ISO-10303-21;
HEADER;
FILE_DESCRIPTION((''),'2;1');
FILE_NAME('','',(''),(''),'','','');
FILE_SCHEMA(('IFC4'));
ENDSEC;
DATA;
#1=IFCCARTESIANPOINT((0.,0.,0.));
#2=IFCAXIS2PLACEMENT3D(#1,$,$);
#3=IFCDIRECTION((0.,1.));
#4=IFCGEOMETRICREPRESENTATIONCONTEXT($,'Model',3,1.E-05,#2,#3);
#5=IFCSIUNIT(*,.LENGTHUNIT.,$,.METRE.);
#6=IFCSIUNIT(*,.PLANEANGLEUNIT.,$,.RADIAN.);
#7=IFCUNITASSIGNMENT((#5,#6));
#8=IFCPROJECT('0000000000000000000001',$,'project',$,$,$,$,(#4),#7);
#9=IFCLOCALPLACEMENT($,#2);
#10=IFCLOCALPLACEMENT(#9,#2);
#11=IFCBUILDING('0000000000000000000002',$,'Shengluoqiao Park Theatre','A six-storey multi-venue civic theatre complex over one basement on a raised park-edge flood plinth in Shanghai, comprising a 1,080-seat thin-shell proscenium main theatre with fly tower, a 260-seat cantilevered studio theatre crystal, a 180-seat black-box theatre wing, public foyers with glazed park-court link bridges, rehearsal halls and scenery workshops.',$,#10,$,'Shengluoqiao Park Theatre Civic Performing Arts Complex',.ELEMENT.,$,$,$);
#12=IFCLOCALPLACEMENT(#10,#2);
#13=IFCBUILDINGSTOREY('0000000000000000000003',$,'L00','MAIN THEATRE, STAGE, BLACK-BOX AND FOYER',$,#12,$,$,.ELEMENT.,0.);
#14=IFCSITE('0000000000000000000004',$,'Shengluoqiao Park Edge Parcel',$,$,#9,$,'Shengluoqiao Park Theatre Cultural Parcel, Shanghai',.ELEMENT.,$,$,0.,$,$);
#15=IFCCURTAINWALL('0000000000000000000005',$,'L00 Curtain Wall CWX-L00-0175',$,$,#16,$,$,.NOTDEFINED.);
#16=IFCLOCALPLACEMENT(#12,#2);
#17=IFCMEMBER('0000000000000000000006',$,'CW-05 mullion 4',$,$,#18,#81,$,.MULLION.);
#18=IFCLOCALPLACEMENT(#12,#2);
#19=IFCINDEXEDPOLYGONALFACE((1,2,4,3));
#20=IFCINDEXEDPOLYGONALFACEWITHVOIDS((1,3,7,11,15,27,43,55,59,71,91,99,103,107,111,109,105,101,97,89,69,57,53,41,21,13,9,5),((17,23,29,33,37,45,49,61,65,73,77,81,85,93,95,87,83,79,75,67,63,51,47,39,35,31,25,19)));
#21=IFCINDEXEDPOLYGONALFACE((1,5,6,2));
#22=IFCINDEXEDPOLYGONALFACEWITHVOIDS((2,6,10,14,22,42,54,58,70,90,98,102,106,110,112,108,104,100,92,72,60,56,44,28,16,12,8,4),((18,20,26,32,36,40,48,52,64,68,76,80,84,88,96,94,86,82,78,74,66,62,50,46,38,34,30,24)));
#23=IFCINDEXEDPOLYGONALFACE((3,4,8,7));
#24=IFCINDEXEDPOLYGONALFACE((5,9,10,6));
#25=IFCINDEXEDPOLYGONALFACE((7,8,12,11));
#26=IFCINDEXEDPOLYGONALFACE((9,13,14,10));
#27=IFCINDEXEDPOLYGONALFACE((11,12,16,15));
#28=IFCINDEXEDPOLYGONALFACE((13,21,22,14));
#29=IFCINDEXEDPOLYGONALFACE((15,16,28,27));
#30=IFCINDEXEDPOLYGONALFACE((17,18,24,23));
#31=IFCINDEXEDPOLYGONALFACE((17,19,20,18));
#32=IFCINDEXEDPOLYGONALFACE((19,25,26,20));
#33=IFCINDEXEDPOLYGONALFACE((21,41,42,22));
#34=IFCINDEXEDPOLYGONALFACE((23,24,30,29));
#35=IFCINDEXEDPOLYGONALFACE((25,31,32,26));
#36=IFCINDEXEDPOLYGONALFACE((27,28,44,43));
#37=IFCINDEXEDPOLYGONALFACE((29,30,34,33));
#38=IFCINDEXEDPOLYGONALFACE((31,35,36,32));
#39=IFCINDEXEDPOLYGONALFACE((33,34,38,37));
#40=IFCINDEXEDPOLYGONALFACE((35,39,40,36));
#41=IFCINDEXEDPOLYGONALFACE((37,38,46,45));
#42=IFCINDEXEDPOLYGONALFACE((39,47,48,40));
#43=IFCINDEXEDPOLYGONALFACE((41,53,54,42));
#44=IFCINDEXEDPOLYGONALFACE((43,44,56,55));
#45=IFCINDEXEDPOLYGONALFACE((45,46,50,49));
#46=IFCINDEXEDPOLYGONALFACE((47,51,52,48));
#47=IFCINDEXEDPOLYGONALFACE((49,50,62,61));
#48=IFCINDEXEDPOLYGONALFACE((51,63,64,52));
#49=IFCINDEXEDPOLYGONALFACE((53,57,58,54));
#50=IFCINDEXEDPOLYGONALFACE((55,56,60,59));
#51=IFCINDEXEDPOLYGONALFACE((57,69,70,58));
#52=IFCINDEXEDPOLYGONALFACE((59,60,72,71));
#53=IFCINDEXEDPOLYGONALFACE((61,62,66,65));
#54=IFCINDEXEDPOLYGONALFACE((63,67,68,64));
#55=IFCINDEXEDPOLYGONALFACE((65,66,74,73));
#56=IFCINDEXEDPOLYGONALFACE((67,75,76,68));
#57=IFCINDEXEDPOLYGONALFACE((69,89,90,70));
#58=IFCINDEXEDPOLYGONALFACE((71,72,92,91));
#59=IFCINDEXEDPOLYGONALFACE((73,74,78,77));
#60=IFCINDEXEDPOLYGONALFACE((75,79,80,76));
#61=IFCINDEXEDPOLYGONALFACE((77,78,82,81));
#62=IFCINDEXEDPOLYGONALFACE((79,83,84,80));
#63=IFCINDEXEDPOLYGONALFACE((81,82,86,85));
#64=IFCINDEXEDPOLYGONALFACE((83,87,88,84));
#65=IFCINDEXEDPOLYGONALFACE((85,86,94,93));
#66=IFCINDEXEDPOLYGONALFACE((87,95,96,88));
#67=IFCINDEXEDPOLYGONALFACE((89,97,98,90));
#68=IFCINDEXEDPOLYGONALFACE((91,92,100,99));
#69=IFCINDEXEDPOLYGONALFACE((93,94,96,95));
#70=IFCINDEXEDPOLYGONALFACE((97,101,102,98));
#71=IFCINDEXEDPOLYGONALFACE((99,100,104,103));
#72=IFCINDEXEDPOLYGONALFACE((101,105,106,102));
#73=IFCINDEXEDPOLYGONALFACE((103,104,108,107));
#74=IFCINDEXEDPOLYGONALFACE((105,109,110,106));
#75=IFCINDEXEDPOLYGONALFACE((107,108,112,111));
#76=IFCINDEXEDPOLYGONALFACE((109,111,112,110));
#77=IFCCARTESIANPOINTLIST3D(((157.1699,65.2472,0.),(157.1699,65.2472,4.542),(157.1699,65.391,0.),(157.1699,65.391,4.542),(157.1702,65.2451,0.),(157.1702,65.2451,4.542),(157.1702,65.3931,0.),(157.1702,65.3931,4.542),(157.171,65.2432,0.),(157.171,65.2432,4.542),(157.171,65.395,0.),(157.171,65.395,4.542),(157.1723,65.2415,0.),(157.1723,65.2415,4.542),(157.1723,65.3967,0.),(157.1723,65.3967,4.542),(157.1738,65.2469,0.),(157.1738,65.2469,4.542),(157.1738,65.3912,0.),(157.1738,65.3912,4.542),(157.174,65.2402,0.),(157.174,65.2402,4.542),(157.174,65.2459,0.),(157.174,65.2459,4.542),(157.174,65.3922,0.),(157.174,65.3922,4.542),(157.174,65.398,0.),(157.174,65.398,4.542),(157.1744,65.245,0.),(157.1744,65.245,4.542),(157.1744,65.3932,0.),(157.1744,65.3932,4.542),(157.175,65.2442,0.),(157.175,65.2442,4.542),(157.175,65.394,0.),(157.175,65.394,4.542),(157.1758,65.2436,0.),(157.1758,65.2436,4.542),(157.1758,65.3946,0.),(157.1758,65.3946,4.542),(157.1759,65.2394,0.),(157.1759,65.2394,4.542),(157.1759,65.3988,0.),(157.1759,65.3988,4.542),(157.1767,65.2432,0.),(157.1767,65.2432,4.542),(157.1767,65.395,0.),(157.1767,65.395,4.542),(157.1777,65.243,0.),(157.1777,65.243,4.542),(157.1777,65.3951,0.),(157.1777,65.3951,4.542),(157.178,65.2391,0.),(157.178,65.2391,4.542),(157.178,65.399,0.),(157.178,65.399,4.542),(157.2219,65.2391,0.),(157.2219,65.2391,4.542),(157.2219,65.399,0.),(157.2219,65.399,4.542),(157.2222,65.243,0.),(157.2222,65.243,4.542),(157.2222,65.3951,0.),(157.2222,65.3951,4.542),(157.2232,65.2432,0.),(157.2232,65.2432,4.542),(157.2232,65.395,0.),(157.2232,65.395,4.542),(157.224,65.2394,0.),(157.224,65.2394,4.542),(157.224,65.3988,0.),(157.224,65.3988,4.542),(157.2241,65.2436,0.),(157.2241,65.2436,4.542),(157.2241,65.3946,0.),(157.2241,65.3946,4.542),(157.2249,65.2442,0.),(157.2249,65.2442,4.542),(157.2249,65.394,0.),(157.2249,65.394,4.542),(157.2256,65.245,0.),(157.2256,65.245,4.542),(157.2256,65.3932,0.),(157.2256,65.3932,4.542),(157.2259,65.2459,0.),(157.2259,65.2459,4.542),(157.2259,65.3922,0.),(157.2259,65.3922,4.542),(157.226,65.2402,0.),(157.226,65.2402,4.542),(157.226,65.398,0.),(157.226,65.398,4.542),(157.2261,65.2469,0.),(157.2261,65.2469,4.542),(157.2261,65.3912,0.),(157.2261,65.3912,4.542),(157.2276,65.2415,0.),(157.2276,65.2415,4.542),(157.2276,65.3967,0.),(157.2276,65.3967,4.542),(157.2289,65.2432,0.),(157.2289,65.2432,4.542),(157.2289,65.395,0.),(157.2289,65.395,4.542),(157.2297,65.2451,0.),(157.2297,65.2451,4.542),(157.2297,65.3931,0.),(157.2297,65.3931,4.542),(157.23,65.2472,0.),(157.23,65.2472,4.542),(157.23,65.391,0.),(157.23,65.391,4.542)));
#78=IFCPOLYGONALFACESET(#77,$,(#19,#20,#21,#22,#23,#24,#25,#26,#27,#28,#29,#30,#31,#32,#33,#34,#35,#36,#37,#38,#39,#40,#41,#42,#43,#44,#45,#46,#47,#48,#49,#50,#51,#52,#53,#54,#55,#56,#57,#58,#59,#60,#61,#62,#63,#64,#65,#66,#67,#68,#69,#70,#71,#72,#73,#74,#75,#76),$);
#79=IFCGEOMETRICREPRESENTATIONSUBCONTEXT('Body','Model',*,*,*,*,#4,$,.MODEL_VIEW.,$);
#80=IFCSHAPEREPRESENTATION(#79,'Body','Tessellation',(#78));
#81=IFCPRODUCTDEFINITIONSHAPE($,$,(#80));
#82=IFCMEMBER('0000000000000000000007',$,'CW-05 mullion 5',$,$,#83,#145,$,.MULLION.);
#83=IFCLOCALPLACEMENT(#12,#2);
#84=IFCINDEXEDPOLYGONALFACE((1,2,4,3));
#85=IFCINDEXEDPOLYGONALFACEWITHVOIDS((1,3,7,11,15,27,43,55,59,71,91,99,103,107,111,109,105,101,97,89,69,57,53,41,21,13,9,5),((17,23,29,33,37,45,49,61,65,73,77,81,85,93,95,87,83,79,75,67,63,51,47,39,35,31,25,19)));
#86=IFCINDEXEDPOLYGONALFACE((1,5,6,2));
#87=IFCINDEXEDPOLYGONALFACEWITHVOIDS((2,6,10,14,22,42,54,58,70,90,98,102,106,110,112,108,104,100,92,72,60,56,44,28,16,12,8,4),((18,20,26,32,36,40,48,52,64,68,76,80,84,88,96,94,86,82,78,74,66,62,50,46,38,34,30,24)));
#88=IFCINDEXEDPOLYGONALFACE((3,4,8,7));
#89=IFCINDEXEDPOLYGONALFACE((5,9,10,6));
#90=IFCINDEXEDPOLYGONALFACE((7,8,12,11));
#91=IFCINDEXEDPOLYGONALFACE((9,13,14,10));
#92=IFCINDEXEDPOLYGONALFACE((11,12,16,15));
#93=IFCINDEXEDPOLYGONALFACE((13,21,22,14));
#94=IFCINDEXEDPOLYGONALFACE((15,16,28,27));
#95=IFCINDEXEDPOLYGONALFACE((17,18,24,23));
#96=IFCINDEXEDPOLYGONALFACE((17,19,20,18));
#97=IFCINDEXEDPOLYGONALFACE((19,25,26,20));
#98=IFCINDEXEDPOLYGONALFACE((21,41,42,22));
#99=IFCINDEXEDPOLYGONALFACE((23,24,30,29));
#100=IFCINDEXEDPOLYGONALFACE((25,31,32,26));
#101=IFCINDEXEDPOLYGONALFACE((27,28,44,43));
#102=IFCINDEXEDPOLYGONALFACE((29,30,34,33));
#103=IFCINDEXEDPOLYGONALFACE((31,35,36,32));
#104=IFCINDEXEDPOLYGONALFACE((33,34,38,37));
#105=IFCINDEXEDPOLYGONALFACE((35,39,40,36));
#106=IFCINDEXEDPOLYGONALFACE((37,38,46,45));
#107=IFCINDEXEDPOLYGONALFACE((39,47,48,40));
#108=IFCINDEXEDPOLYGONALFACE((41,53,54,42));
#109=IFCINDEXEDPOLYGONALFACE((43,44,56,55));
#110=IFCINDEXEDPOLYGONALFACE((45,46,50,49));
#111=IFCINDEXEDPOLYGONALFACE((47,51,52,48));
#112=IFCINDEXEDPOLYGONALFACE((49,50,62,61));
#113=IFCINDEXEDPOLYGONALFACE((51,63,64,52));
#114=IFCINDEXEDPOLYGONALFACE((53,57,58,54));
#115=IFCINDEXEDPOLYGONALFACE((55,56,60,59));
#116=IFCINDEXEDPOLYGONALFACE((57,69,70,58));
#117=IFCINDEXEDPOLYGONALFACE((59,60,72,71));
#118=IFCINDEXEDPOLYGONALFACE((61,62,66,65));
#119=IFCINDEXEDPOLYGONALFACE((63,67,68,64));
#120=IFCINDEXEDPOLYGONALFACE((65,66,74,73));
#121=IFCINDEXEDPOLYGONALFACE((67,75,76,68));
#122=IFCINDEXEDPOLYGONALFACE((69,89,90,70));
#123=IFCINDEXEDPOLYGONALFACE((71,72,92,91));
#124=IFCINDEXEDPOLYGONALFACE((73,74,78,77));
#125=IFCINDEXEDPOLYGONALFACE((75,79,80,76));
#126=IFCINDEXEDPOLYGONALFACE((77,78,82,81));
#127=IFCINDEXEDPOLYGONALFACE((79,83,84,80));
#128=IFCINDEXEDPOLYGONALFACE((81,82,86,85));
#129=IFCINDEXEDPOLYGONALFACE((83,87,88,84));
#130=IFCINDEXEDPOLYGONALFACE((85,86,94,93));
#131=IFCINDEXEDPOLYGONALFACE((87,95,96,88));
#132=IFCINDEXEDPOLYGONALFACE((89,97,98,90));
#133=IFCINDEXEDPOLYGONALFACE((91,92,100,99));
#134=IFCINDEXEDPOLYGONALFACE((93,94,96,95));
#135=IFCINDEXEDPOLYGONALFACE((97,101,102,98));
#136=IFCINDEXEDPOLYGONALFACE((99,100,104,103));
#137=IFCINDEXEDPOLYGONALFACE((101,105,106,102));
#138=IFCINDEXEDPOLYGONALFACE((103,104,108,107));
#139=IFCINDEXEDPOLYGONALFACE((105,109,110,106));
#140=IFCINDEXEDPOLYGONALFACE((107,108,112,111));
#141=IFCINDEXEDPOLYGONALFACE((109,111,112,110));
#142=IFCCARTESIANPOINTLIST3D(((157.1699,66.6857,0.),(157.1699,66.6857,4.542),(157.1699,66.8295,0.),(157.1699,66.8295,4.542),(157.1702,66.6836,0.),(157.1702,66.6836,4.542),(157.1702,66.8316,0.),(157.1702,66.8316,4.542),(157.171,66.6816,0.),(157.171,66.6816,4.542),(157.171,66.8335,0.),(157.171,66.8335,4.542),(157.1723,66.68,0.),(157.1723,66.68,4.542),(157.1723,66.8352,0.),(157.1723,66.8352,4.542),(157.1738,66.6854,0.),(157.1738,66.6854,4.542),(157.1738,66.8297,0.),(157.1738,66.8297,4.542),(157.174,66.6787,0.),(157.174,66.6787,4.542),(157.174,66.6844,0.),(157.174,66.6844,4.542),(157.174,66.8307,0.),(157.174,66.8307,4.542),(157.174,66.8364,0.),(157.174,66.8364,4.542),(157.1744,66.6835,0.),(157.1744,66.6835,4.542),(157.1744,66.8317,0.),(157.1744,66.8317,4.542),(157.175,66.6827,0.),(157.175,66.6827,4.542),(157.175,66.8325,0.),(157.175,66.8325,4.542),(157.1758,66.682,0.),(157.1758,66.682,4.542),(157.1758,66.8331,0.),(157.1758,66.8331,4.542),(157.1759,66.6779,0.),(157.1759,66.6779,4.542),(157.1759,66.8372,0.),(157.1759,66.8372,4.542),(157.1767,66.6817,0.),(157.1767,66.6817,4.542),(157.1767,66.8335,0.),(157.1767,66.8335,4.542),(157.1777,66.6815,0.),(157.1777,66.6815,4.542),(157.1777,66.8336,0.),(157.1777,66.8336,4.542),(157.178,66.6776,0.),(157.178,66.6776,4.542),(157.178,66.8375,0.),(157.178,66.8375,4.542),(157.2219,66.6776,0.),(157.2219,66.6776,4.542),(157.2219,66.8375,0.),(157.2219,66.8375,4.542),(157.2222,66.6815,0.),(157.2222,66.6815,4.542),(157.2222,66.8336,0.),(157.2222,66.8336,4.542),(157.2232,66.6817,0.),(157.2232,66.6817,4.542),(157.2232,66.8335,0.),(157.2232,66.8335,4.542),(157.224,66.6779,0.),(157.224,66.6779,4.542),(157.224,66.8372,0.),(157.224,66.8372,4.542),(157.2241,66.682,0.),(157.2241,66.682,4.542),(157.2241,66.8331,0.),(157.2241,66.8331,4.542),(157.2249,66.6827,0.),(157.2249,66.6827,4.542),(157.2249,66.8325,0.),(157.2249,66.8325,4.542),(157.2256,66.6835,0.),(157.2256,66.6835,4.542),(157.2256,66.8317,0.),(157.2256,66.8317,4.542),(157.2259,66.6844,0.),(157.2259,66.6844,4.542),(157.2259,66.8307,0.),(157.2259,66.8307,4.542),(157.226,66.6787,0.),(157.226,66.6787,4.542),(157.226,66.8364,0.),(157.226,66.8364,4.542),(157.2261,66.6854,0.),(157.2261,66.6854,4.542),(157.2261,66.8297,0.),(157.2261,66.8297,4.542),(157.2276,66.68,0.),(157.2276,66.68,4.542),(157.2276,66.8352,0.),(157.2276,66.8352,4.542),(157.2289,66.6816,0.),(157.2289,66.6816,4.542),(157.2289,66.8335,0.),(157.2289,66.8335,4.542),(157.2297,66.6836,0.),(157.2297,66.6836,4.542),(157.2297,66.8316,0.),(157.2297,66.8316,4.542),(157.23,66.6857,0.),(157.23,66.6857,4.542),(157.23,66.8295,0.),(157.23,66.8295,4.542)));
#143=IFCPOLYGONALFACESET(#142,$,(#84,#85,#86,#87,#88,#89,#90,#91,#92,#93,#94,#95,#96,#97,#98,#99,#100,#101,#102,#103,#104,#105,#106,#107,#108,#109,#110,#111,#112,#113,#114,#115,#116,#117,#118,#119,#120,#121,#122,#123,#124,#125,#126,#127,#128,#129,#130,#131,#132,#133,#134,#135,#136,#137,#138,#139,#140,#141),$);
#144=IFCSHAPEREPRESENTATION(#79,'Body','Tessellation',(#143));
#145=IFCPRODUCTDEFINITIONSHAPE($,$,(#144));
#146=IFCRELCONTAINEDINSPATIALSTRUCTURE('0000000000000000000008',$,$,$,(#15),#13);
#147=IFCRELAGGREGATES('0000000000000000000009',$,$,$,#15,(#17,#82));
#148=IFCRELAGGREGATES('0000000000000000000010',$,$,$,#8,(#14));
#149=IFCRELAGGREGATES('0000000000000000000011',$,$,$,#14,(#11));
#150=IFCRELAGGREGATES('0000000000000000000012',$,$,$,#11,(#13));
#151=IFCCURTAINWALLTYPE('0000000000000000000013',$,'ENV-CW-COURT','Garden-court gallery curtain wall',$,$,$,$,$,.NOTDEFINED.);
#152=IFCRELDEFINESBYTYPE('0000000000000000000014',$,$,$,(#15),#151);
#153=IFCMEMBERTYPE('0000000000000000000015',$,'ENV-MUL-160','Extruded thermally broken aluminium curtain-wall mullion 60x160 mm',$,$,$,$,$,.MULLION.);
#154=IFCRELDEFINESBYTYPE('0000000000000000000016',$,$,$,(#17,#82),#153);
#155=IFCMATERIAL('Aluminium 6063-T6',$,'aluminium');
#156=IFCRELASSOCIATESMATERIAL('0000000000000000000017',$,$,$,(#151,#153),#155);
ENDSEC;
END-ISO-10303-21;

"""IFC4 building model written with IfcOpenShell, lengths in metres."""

from ifc_helpers import new_model, si_unit, direction, frame, origin, origin_2d, place, context, subcontext, project, spatial, hollow_rectangle, extrude, material, material_profile, profile_set, type_object, element, aggregate, save


model = new_model("IFC4")

# Units and contexts
model_context = context("Model", 3, precision=1e-05, world=origin(), true_north=direction((0.0, 1.0)))
body_context = subcontext(model_context, "Body", "Model", "MODEL_VIEW")
ifc_project = project(units=[si_unit("LENGTHUNIT", "METRE"), si_unit("PLANEANGLEUNIT", "RADIAN")], contexts=[model_context])

# Site, building, storey
site_placement = place(None, origin())
site = spatial("IfcSite", under=ifc_project, at=site_placement, Name="Shengluoqiao Park Edge Parcel", LongName="Shengluoqiao Park Theatre Cultural Parcel, Shanghai", CompositionType="ELEMENT", RefElevation=0.0)
building_placement = place(site_placement, origin())
building = spatial("IfcBuilding", under=site, at=building_placement, Name="Shengluoqiao Park Theatre", Description="A six-storey multi-venue civic theatre complex over one basement on a raised park-edge flood plinth in Shanghai, comprising a 1,080-seat thin-shell proscenium main theatre with fly tower, a 260-seat cantilevered studio theatre crystal, a 180-seat black-box theatre wing, public foyers with glazed park-court link bridges, rehearsal halls and scenery workshops.", LongName="Shengluoqiao Park Theatre Civic Performing Arts Complex", CompositionType="ELEMENT")
storey_placement = place(building_placement, origin())
storey = spatial("IfcBuildingStorey", under=building, at=storey_placement, Name="L00", Description="MAIN THEATRE, STAGE, BLACK-BOX AND FOYER", CompositionType="ELEMENT", Elevation=0.0)

# Curtain wall, members
ifc_material_1 = material(Name="Aluminium 6063-T6", Category="aluminium")
curtain_wall_type = type_object("IfcCurtainWallType", Name="ENV-CW-COURT", Description="Garden-court gallery curtain wall", PredefinedType="NOTDEFINED", material=ifc_material_1)
curtain_wall_placement = place(storey_placement, origin())
curtain_wall = element("IfcCurtainWall", 1, at=curtain_wall_placement, inside=storey, type_object=curtain_wall_type, Name="L00 Curtain Wall CWX-L00-0175", PredefinedType="NOTDEFINED")
ifc_material_profile_1 = material_profile(ifc_material_1, hollow_rectangle(XDim=0.0601, YDim=0.1599, WallThickness=0.0039, InnerFilletRadius=0.0039, OuterFilletRadius=0.0081, at=origin_2d()), Name="ALU MULLION 160x60x4")
ifc_profile_set_1 = profile_set([ifc_material_profile_1], Name="Aluminium 6063-T6")
member_type_1 = type_object("IfcMemberType", Name="ENV-MUL-160", Description="Extruded thermally broken aluminium curtain-wall mullion 60x160 mm", PredefinedType="MULLION", material=ifc_profile_set_1)
member_1_placement = place(storey_placement, frame((157.2, 65.3191, 0.0), z_axis=(0.0, 0.0, 1.0), x_axis=(-1.0, 0.0, 0.0)))
member_1 = element("IfcMember", 2, at=member_1_placement, type_object=member_type_1, Name="CW-05 mullion 4", PredefinedType="MULLION", context=body_context, shape_type="SweptSolid", body=[
    extrude(hollow_rectangle(XDim=0.0601, YDim=0.1599, WallThickness=0.0039, InnerFilletRadius=0.0039, OuterFilletRadius=0.0081, at=origin_2d()), origin(), (0.0, 0.0, 1.0), 4.542),
])
member_2_placement = place(storey_placement, frame((157.2, 66.7576, 0.0), z_axis=(0.0, 0.0, 1.0), x_axis=(-1.0, 0.0, 0.0)))
member_2 = element("IfcMember", 3, at=member_2_placement, type_object=member_type_1, Name="CW-05 mullion 5", PredefinedType="MULLION", context=body_context, shape_type="SweptSolid", body=[
    extrude(hollow_rectangle(XDim=0.0601, YDim=0.1599, WallThickness=0.0039, InnerFilletRadius=0.0039, OuterFilletRadius=0.0081, at=origin_2d()), origin(), (0.0, 0.0, 1.0), 4.542),
])
aggregate(curtain_wall, [member_1, member_2])

save(model, "model.ifc")
